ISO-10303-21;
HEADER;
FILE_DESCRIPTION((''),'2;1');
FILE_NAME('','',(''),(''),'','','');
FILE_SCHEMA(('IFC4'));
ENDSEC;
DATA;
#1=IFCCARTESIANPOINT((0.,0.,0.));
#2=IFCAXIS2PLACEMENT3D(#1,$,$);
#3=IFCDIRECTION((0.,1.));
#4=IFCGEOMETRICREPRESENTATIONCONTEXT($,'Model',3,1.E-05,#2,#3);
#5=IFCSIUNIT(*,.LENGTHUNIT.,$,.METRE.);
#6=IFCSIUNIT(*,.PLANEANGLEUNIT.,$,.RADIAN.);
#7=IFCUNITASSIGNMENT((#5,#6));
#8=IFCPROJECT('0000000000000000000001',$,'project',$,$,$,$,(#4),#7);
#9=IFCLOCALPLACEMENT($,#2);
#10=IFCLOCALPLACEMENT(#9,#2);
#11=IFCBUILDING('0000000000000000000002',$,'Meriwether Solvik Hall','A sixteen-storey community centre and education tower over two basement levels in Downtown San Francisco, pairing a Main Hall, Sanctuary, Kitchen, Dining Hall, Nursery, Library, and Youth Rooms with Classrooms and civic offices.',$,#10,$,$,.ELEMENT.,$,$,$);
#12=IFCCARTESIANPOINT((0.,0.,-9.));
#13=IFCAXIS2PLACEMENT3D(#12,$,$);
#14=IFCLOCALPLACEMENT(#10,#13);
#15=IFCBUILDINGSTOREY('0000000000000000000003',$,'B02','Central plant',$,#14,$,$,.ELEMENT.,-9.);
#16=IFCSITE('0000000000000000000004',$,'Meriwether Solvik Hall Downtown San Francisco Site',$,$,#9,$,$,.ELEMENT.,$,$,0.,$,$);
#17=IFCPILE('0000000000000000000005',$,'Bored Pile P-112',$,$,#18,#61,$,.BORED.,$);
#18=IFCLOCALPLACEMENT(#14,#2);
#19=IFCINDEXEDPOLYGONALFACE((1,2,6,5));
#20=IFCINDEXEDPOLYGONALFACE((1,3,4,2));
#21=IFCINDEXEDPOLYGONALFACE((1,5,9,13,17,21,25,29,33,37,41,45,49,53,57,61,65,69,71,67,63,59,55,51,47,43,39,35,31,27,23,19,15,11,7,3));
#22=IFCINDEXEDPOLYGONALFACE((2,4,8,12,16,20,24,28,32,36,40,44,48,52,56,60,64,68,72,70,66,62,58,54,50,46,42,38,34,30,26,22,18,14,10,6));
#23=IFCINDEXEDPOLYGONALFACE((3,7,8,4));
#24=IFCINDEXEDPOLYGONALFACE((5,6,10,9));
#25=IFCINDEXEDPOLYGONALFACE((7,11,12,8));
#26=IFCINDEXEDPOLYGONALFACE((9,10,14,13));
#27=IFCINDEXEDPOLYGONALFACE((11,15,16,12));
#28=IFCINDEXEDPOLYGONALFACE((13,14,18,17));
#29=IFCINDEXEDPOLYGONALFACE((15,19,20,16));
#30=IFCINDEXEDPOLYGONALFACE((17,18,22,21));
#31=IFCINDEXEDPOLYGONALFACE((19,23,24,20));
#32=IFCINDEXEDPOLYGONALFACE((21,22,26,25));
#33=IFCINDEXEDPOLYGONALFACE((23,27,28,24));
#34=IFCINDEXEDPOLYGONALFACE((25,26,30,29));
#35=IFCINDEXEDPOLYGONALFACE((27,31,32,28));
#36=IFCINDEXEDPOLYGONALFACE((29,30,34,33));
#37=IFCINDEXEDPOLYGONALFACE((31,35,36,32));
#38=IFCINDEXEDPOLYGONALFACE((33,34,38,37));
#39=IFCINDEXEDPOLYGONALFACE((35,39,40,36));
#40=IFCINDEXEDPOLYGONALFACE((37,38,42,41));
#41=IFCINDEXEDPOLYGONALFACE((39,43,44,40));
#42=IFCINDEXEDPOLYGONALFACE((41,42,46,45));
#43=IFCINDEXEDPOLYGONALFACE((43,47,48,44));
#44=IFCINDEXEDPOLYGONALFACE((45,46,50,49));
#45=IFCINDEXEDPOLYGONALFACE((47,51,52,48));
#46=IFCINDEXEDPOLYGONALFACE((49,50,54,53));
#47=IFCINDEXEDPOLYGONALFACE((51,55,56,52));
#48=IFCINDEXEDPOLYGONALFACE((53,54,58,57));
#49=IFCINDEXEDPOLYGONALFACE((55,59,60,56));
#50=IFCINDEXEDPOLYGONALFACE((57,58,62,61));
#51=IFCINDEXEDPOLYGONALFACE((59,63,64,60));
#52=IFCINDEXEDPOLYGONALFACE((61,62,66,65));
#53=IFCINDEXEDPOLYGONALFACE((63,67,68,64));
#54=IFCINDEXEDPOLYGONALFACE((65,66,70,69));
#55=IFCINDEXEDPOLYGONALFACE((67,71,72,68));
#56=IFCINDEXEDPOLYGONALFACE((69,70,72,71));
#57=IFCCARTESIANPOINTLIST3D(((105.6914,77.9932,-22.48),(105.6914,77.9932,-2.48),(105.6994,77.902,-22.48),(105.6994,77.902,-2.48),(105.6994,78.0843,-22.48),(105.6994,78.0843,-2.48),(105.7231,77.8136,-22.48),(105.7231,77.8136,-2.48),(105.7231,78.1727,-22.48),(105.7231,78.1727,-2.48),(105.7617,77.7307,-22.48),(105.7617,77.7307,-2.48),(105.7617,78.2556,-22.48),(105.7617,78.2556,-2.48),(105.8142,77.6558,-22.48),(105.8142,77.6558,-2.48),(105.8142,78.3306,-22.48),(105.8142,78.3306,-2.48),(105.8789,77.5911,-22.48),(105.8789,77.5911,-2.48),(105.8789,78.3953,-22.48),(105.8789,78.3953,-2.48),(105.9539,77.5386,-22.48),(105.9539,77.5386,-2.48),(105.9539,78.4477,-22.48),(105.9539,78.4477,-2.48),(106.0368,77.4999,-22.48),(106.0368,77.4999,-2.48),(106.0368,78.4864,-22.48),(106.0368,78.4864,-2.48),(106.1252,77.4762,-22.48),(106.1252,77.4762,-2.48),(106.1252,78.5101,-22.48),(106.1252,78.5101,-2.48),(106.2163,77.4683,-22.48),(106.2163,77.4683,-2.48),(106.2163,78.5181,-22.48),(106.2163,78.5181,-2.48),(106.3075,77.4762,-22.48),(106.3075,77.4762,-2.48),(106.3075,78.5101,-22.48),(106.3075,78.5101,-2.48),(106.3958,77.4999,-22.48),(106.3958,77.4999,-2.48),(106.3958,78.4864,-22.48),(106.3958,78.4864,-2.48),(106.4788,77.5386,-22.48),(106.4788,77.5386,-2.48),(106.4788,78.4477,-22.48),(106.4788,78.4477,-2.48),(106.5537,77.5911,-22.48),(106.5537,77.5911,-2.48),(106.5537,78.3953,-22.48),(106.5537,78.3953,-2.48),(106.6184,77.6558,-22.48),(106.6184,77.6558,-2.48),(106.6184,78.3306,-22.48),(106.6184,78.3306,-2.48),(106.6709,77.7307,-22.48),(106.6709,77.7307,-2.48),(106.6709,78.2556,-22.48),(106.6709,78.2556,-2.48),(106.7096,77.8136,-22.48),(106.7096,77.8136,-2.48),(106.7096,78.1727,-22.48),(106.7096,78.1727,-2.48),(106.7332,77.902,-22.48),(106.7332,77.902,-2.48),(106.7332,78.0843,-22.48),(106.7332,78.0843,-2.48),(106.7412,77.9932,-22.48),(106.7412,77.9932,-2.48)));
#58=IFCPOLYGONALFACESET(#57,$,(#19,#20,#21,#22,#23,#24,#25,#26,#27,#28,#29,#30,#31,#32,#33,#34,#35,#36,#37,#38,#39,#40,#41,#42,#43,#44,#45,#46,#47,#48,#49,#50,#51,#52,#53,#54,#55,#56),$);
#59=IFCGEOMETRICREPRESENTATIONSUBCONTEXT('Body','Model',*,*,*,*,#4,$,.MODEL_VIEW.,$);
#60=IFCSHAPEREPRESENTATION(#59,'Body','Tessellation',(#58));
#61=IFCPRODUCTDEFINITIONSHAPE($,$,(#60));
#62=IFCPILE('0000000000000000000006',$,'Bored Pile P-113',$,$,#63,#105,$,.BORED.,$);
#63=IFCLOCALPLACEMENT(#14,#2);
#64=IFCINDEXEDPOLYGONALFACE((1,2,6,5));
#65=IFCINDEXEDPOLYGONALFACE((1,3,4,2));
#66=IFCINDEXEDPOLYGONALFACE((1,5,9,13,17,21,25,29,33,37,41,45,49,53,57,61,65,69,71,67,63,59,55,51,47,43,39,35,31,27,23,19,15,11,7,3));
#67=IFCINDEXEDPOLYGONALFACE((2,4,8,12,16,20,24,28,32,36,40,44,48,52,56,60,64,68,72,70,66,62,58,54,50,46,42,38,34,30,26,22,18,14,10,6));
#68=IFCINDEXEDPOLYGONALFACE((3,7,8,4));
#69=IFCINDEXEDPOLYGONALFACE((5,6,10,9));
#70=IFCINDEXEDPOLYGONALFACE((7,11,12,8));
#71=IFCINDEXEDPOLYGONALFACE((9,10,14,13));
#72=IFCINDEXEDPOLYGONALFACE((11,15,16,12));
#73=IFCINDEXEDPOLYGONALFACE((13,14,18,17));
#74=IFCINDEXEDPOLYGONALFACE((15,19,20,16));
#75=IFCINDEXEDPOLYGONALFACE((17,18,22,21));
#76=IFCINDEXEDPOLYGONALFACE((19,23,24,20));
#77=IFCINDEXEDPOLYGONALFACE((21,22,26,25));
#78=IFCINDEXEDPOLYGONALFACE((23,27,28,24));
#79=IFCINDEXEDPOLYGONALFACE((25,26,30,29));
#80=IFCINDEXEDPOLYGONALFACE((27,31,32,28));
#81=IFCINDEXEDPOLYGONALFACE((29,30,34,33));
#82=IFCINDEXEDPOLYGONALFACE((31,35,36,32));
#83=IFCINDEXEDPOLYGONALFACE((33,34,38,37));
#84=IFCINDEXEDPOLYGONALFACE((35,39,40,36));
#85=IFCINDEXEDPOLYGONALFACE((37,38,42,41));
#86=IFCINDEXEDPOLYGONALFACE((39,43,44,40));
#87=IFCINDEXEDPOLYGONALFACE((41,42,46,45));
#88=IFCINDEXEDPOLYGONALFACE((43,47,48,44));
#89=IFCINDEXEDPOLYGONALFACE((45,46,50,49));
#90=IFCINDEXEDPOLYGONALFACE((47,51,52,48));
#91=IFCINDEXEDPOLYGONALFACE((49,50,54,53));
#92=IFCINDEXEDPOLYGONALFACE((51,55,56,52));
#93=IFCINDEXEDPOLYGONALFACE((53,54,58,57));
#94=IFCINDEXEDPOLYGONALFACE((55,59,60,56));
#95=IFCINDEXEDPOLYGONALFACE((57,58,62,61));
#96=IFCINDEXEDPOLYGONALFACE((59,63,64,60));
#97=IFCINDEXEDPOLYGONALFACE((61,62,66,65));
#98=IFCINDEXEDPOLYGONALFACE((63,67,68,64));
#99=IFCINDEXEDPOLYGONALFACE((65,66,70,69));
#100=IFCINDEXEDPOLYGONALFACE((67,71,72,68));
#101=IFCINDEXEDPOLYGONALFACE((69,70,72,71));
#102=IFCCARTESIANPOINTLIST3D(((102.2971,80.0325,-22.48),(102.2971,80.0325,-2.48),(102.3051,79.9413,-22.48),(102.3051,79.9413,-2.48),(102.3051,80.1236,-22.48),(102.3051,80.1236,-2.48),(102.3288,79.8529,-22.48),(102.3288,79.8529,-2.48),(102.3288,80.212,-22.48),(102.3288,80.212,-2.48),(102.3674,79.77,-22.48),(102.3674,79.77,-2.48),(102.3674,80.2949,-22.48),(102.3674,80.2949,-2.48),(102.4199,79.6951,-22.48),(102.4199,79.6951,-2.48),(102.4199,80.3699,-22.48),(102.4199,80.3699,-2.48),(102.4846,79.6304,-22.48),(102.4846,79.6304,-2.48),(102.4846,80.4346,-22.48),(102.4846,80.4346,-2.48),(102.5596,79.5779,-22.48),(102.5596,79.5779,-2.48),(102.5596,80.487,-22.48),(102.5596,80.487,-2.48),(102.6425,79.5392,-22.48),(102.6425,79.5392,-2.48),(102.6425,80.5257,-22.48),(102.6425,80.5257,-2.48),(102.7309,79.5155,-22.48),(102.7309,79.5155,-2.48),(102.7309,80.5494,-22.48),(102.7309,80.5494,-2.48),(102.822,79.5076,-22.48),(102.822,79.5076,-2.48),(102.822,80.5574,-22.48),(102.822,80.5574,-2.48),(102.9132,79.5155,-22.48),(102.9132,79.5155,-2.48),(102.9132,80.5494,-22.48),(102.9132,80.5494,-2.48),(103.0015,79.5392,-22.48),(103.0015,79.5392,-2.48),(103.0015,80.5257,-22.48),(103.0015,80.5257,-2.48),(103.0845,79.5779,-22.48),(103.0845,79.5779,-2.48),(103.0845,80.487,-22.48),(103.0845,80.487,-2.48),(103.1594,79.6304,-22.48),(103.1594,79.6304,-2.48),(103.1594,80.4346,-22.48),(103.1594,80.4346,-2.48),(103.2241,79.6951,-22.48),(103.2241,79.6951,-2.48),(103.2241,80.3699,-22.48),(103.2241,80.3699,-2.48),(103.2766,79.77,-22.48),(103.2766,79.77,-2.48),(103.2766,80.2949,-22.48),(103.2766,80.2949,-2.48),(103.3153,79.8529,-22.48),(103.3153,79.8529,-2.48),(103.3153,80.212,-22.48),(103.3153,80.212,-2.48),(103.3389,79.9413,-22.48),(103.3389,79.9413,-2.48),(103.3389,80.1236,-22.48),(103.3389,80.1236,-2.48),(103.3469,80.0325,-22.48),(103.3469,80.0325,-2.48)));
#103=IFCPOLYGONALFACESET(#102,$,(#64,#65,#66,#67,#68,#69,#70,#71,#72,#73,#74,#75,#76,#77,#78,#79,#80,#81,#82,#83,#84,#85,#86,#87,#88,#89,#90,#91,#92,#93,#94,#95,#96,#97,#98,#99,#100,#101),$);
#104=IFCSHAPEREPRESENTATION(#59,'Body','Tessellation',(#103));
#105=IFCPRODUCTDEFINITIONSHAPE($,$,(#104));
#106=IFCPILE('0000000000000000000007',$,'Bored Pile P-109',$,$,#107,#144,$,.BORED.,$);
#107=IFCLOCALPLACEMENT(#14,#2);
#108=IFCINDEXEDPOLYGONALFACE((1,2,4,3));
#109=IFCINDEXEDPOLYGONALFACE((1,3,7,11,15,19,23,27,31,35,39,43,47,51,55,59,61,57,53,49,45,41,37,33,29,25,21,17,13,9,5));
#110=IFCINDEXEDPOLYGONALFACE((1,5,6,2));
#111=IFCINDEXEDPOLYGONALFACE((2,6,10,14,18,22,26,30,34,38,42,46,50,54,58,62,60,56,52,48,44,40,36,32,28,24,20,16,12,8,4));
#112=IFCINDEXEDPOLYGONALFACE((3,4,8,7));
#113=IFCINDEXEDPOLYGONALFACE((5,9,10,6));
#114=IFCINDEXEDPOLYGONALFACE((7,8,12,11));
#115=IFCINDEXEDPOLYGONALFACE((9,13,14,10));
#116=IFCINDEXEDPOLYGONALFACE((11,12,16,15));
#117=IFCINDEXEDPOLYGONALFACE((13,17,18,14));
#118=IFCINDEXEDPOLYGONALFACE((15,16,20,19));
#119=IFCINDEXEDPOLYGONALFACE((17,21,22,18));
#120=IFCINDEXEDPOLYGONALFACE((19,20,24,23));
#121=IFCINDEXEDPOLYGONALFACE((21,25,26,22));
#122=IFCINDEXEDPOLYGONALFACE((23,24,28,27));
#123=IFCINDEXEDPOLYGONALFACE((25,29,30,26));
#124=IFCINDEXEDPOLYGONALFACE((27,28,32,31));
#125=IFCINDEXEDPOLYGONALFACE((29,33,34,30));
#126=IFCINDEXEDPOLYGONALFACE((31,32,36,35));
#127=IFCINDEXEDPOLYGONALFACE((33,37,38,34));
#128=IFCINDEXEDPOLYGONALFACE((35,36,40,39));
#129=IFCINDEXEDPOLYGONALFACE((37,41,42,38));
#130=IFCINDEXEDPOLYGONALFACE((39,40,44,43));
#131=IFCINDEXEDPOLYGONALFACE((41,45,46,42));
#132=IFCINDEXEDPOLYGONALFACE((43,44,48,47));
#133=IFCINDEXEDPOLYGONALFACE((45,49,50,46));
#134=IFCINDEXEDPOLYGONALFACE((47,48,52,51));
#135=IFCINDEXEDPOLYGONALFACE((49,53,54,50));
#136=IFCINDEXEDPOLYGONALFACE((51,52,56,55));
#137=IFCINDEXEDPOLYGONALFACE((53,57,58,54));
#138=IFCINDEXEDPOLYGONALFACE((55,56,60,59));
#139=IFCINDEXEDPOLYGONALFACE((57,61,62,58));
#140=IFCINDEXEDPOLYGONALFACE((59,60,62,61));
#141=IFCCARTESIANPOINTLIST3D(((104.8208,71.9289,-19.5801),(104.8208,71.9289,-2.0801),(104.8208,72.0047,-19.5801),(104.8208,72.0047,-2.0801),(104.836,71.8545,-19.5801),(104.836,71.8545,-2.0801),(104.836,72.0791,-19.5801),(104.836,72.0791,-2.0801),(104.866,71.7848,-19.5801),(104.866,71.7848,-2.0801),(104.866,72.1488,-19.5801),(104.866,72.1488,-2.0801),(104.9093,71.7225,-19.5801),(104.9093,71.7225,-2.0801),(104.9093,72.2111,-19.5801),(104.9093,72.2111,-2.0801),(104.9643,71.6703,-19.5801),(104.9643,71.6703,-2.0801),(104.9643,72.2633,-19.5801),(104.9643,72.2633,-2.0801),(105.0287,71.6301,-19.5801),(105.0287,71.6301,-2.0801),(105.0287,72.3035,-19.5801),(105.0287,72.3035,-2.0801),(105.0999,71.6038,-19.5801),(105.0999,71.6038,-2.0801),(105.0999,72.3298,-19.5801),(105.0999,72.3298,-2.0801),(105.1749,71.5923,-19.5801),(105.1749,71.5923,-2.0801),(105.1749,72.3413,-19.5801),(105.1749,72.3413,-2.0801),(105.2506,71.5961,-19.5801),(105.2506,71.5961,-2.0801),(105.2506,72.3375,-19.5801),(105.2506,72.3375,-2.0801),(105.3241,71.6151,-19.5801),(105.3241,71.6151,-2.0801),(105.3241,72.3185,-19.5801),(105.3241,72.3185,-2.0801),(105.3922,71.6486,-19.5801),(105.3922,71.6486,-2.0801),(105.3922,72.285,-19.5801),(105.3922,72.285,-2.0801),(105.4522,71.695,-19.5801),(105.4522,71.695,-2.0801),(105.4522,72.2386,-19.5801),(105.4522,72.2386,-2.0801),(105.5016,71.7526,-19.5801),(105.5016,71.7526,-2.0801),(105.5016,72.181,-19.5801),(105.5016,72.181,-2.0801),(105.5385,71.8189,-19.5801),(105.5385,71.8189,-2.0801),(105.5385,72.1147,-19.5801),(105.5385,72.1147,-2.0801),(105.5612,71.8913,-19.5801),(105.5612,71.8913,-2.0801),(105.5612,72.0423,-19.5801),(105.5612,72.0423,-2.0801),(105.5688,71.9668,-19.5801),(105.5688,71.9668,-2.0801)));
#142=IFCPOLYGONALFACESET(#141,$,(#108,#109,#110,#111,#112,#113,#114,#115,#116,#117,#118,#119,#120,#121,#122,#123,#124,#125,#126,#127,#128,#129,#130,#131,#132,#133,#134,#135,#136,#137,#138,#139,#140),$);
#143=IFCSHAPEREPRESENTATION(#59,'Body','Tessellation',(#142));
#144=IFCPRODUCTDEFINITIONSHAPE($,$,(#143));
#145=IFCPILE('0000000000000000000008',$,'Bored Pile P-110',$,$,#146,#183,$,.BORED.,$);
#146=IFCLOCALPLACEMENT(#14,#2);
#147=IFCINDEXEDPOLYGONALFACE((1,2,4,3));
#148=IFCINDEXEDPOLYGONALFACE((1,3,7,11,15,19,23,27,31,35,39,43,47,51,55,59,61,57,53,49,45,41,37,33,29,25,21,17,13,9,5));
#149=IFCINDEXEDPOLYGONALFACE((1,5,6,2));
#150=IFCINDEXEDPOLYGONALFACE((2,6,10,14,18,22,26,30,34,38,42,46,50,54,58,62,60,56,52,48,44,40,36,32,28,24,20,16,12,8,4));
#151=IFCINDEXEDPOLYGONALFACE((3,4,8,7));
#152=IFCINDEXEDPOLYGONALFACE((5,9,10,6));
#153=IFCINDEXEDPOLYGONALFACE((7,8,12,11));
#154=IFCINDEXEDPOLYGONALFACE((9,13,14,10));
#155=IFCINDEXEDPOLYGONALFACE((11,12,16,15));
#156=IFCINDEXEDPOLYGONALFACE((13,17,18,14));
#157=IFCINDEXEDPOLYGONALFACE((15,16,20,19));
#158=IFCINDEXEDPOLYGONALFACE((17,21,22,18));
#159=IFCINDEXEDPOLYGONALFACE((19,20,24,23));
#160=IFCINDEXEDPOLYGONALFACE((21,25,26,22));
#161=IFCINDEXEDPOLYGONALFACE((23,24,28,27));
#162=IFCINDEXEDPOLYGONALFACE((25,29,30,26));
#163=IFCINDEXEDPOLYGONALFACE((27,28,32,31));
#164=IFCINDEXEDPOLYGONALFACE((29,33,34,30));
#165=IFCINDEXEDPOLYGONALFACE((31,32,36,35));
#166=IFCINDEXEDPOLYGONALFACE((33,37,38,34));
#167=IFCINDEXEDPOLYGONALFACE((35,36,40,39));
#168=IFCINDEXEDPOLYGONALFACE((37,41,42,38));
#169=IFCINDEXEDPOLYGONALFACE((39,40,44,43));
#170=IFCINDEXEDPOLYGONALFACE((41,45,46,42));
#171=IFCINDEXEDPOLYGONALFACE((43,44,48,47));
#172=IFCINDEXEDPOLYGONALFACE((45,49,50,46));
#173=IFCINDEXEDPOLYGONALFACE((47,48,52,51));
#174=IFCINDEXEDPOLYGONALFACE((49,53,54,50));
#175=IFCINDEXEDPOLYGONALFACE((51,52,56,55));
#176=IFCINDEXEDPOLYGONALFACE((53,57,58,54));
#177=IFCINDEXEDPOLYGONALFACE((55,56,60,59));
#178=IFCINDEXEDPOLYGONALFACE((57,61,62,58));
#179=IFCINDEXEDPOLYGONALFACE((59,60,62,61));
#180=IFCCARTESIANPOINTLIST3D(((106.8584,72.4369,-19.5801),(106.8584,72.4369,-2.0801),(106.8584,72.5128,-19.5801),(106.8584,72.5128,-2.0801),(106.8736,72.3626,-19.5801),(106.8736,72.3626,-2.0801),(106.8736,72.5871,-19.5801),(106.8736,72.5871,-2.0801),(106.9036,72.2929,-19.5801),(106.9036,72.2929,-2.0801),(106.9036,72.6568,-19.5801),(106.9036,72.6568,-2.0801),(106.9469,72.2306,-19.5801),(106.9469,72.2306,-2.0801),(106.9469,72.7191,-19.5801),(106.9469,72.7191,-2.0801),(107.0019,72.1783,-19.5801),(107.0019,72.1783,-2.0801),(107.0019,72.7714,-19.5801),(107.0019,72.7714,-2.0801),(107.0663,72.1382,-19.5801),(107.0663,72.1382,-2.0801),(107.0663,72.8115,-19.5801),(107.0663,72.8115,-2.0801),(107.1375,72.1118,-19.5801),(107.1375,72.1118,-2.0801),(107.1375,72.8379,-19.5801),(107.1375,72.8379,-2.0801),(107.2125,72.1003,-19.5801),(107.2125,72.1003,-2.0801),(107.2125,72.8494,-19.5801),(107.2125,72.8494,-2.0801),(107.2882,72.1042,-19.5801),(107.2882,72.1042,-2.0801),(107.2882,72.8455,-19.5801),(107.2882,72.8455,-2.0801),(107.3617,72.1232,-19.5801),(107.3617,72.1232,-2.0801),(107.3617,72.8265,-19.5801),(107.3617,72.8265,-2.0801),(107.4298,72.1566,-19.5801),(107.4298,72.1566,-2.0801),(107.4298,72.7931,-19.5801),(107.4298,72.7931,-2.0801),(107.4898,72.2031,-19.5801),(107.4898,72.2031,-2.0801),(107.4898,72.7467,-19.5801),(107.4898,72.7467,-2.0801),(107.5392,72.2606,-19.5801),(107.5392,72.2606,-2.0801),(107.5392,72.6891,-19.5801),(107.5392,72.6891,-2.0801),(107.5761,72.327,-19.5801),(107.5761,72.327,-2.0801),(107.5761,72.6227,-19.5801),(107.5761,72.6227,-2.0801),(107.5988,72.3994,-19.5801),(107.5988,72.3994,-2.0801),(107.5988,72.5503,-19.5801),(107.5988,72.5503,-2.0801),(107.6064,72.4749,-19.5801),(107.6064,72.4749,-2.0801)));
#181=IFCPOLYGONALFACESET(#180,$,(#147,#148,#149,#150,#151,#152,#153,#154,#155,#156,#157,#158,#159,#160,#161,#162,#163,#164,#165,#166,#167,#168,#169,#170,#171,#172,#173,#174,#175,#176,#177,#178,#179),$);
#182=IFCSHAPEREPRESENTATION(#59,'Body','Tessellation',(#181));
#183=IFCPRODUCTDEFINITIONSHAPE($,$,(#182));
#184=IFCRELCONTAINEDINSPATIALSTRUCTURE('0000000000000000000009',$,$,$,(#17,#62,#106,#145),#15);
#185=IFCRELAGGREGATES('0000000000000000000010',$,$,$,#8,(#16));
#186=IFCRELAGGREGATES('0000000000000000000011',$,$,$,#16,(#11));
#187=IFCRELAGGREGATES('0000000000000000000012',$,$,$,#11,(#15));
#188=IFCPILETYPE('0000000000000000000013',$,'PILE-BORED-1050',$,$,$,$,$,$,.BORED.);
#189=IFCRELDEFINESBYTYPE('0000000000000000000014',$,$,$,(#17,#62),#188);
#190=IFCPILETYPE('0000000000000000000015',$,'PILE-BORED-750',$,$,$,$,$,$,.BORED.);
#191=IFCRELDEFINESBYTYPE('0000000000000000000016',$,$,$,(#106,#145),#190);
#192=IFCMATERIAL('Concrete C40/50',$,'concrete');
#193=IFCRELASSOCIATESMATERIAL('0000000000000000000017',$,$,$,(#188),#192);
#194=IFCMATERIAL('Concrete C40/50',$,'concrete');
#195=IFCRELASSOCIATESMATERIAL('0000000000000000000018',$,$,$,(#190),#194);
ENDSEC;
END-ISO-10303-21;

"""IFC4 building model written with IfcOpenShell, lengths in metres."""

from ifc_helpers import new_model, si_unit, direction, frame, origin, origin_2d, place, context, subcontext, project, spatial, circle, extrude, material, material_profile, profile_set, type_object, element, save


model = new_model("IFC4")

# Units and contexts
model_context = context("Model", 3, precision=1e-05, world=origin(), true_north=direction((0.0, 1.0)))
body_context = subcontext(model_context, "Body", "Model", "MODEL_VIEW")
ifc_project = project(units=[si_unit("LENGTHUNIT", "METRE"), si_unit("PLANEANGLEUNIT", "RADIAN")], contexts=[model_context])

# Site, building, storey
site_placement = place(None, origin())
site = spatial("IfcSite", under=ifc_project, at=site_placement, Name="Meriwether Solvik Hall Downtown San Francisco Site", CompositionType="ELEMENT", RefElevation=0.0)
building_placement = place(site_placement, origin())
building = spatial("IfcBuilding", under=site, at=building_placement, Name="Meriwether Solvik Hall", Description="A sixteen-storey community centre and education tower over two basement levels in Downtown San Francisco, pairing a Main Hall, Sanctuary, Kitchen, Dining Hall, Nursery, Library, and Youth Rooms with Classrooms and civic offices.", CompositionType="ELEMENT")
storey_placement = place(building_placement, frame((0.0, 0.0, -9.0)))
storey = spatial("IfcBuildingStorey", under=building, at=storey_placement, Name="B02", Description="Central plant", CompositionType="ELEMENT", Elevation=-9.0)

# Piles
ifc_material_1 = material(Name="Concrete C40/50", Category="concrete")
ifc_material_profile_1 = material_profile(ifc_material_1, circle(Radius=0.5249, at=origin_2d()), Name="PILE-D1050")
ifc_profile_set_1 = profile_set([ifc_material_profile_1], Name="Concrete C40/50")
pile_type_1 = type_object("IfcPileType", Name="PILE-BORED-1050", PredefinedType="BORED", material=ifc_profile_set_1)
for number, where, z_axis, x_axis, name in (
    (1, (106.2163, 77.9932, -2.48), (0.0, 0.0, -1.0), (1.0, 0.0, 0.0), "Bored Pile P-112"),
    (2, (102.822, 80.0325, -2.48), (0.0, 0.0, -1.0), (1.0, 0.0, 0.0), "Bored Pile P-113"),
):
    element("IfcPile", number, at=place(storey_placement, frame(where, z_axis=z_axis, x_axis=x_axis)), inside=storey, type_object=pile_type_1, Name=name, PredefinedType="BORED", context=body_context, shape_type="SweptSolid", body=[
        extrude(circle(Radius=0.5249, at=origin_2d()), origin(), (0.0, 0.0, 1.0), 20.0),
    ])
ifc_material_2 = material(Name="Concrete C40/50", Category="concrete")
ifc_material_profile_2 = material_profile(ifc_material_2, circle(Radius=0.375, at=origin_2d()), Name="PILE-D750")
ifc_profile_set_2 = profile_set([ifc_material_profile_2], Name="Concrete C40/50")
pile_type_2 = type_object("IfcPileType", Name="PILE-BORED-750", PredefinedType="BORED", material=ifc_profile_set_2)
for number, where, z_axis, x_axis, name in (
    (3, (105.1938, 71.9668, -2.0801), (0.0, 0.0, -1.0), (1.0, 0.0, 0.0), "Bored Pile P-109"),
    (4, (107.2314, 72.4749, -2.0801), (0.0, 0.0, -1.0), (1.0, 0.0, 0.0), "Bored Pile P-110"),
):
    element("IfcPile", number, at=place(storey_placement, frame(where, z_axis=z_axis, x_axis=x_axis)), inside=storey, type_object=pile_type_2, Name=name, PredefinedType="BORED", context=body_context, shape_type="SweptSolid", body=[
        extrude(circle(Radius=0.375, at=origin_2d()), origin(), (0.0, 0.0, 1.0), 17.5),
    ])

save(model, "model.ifc")
